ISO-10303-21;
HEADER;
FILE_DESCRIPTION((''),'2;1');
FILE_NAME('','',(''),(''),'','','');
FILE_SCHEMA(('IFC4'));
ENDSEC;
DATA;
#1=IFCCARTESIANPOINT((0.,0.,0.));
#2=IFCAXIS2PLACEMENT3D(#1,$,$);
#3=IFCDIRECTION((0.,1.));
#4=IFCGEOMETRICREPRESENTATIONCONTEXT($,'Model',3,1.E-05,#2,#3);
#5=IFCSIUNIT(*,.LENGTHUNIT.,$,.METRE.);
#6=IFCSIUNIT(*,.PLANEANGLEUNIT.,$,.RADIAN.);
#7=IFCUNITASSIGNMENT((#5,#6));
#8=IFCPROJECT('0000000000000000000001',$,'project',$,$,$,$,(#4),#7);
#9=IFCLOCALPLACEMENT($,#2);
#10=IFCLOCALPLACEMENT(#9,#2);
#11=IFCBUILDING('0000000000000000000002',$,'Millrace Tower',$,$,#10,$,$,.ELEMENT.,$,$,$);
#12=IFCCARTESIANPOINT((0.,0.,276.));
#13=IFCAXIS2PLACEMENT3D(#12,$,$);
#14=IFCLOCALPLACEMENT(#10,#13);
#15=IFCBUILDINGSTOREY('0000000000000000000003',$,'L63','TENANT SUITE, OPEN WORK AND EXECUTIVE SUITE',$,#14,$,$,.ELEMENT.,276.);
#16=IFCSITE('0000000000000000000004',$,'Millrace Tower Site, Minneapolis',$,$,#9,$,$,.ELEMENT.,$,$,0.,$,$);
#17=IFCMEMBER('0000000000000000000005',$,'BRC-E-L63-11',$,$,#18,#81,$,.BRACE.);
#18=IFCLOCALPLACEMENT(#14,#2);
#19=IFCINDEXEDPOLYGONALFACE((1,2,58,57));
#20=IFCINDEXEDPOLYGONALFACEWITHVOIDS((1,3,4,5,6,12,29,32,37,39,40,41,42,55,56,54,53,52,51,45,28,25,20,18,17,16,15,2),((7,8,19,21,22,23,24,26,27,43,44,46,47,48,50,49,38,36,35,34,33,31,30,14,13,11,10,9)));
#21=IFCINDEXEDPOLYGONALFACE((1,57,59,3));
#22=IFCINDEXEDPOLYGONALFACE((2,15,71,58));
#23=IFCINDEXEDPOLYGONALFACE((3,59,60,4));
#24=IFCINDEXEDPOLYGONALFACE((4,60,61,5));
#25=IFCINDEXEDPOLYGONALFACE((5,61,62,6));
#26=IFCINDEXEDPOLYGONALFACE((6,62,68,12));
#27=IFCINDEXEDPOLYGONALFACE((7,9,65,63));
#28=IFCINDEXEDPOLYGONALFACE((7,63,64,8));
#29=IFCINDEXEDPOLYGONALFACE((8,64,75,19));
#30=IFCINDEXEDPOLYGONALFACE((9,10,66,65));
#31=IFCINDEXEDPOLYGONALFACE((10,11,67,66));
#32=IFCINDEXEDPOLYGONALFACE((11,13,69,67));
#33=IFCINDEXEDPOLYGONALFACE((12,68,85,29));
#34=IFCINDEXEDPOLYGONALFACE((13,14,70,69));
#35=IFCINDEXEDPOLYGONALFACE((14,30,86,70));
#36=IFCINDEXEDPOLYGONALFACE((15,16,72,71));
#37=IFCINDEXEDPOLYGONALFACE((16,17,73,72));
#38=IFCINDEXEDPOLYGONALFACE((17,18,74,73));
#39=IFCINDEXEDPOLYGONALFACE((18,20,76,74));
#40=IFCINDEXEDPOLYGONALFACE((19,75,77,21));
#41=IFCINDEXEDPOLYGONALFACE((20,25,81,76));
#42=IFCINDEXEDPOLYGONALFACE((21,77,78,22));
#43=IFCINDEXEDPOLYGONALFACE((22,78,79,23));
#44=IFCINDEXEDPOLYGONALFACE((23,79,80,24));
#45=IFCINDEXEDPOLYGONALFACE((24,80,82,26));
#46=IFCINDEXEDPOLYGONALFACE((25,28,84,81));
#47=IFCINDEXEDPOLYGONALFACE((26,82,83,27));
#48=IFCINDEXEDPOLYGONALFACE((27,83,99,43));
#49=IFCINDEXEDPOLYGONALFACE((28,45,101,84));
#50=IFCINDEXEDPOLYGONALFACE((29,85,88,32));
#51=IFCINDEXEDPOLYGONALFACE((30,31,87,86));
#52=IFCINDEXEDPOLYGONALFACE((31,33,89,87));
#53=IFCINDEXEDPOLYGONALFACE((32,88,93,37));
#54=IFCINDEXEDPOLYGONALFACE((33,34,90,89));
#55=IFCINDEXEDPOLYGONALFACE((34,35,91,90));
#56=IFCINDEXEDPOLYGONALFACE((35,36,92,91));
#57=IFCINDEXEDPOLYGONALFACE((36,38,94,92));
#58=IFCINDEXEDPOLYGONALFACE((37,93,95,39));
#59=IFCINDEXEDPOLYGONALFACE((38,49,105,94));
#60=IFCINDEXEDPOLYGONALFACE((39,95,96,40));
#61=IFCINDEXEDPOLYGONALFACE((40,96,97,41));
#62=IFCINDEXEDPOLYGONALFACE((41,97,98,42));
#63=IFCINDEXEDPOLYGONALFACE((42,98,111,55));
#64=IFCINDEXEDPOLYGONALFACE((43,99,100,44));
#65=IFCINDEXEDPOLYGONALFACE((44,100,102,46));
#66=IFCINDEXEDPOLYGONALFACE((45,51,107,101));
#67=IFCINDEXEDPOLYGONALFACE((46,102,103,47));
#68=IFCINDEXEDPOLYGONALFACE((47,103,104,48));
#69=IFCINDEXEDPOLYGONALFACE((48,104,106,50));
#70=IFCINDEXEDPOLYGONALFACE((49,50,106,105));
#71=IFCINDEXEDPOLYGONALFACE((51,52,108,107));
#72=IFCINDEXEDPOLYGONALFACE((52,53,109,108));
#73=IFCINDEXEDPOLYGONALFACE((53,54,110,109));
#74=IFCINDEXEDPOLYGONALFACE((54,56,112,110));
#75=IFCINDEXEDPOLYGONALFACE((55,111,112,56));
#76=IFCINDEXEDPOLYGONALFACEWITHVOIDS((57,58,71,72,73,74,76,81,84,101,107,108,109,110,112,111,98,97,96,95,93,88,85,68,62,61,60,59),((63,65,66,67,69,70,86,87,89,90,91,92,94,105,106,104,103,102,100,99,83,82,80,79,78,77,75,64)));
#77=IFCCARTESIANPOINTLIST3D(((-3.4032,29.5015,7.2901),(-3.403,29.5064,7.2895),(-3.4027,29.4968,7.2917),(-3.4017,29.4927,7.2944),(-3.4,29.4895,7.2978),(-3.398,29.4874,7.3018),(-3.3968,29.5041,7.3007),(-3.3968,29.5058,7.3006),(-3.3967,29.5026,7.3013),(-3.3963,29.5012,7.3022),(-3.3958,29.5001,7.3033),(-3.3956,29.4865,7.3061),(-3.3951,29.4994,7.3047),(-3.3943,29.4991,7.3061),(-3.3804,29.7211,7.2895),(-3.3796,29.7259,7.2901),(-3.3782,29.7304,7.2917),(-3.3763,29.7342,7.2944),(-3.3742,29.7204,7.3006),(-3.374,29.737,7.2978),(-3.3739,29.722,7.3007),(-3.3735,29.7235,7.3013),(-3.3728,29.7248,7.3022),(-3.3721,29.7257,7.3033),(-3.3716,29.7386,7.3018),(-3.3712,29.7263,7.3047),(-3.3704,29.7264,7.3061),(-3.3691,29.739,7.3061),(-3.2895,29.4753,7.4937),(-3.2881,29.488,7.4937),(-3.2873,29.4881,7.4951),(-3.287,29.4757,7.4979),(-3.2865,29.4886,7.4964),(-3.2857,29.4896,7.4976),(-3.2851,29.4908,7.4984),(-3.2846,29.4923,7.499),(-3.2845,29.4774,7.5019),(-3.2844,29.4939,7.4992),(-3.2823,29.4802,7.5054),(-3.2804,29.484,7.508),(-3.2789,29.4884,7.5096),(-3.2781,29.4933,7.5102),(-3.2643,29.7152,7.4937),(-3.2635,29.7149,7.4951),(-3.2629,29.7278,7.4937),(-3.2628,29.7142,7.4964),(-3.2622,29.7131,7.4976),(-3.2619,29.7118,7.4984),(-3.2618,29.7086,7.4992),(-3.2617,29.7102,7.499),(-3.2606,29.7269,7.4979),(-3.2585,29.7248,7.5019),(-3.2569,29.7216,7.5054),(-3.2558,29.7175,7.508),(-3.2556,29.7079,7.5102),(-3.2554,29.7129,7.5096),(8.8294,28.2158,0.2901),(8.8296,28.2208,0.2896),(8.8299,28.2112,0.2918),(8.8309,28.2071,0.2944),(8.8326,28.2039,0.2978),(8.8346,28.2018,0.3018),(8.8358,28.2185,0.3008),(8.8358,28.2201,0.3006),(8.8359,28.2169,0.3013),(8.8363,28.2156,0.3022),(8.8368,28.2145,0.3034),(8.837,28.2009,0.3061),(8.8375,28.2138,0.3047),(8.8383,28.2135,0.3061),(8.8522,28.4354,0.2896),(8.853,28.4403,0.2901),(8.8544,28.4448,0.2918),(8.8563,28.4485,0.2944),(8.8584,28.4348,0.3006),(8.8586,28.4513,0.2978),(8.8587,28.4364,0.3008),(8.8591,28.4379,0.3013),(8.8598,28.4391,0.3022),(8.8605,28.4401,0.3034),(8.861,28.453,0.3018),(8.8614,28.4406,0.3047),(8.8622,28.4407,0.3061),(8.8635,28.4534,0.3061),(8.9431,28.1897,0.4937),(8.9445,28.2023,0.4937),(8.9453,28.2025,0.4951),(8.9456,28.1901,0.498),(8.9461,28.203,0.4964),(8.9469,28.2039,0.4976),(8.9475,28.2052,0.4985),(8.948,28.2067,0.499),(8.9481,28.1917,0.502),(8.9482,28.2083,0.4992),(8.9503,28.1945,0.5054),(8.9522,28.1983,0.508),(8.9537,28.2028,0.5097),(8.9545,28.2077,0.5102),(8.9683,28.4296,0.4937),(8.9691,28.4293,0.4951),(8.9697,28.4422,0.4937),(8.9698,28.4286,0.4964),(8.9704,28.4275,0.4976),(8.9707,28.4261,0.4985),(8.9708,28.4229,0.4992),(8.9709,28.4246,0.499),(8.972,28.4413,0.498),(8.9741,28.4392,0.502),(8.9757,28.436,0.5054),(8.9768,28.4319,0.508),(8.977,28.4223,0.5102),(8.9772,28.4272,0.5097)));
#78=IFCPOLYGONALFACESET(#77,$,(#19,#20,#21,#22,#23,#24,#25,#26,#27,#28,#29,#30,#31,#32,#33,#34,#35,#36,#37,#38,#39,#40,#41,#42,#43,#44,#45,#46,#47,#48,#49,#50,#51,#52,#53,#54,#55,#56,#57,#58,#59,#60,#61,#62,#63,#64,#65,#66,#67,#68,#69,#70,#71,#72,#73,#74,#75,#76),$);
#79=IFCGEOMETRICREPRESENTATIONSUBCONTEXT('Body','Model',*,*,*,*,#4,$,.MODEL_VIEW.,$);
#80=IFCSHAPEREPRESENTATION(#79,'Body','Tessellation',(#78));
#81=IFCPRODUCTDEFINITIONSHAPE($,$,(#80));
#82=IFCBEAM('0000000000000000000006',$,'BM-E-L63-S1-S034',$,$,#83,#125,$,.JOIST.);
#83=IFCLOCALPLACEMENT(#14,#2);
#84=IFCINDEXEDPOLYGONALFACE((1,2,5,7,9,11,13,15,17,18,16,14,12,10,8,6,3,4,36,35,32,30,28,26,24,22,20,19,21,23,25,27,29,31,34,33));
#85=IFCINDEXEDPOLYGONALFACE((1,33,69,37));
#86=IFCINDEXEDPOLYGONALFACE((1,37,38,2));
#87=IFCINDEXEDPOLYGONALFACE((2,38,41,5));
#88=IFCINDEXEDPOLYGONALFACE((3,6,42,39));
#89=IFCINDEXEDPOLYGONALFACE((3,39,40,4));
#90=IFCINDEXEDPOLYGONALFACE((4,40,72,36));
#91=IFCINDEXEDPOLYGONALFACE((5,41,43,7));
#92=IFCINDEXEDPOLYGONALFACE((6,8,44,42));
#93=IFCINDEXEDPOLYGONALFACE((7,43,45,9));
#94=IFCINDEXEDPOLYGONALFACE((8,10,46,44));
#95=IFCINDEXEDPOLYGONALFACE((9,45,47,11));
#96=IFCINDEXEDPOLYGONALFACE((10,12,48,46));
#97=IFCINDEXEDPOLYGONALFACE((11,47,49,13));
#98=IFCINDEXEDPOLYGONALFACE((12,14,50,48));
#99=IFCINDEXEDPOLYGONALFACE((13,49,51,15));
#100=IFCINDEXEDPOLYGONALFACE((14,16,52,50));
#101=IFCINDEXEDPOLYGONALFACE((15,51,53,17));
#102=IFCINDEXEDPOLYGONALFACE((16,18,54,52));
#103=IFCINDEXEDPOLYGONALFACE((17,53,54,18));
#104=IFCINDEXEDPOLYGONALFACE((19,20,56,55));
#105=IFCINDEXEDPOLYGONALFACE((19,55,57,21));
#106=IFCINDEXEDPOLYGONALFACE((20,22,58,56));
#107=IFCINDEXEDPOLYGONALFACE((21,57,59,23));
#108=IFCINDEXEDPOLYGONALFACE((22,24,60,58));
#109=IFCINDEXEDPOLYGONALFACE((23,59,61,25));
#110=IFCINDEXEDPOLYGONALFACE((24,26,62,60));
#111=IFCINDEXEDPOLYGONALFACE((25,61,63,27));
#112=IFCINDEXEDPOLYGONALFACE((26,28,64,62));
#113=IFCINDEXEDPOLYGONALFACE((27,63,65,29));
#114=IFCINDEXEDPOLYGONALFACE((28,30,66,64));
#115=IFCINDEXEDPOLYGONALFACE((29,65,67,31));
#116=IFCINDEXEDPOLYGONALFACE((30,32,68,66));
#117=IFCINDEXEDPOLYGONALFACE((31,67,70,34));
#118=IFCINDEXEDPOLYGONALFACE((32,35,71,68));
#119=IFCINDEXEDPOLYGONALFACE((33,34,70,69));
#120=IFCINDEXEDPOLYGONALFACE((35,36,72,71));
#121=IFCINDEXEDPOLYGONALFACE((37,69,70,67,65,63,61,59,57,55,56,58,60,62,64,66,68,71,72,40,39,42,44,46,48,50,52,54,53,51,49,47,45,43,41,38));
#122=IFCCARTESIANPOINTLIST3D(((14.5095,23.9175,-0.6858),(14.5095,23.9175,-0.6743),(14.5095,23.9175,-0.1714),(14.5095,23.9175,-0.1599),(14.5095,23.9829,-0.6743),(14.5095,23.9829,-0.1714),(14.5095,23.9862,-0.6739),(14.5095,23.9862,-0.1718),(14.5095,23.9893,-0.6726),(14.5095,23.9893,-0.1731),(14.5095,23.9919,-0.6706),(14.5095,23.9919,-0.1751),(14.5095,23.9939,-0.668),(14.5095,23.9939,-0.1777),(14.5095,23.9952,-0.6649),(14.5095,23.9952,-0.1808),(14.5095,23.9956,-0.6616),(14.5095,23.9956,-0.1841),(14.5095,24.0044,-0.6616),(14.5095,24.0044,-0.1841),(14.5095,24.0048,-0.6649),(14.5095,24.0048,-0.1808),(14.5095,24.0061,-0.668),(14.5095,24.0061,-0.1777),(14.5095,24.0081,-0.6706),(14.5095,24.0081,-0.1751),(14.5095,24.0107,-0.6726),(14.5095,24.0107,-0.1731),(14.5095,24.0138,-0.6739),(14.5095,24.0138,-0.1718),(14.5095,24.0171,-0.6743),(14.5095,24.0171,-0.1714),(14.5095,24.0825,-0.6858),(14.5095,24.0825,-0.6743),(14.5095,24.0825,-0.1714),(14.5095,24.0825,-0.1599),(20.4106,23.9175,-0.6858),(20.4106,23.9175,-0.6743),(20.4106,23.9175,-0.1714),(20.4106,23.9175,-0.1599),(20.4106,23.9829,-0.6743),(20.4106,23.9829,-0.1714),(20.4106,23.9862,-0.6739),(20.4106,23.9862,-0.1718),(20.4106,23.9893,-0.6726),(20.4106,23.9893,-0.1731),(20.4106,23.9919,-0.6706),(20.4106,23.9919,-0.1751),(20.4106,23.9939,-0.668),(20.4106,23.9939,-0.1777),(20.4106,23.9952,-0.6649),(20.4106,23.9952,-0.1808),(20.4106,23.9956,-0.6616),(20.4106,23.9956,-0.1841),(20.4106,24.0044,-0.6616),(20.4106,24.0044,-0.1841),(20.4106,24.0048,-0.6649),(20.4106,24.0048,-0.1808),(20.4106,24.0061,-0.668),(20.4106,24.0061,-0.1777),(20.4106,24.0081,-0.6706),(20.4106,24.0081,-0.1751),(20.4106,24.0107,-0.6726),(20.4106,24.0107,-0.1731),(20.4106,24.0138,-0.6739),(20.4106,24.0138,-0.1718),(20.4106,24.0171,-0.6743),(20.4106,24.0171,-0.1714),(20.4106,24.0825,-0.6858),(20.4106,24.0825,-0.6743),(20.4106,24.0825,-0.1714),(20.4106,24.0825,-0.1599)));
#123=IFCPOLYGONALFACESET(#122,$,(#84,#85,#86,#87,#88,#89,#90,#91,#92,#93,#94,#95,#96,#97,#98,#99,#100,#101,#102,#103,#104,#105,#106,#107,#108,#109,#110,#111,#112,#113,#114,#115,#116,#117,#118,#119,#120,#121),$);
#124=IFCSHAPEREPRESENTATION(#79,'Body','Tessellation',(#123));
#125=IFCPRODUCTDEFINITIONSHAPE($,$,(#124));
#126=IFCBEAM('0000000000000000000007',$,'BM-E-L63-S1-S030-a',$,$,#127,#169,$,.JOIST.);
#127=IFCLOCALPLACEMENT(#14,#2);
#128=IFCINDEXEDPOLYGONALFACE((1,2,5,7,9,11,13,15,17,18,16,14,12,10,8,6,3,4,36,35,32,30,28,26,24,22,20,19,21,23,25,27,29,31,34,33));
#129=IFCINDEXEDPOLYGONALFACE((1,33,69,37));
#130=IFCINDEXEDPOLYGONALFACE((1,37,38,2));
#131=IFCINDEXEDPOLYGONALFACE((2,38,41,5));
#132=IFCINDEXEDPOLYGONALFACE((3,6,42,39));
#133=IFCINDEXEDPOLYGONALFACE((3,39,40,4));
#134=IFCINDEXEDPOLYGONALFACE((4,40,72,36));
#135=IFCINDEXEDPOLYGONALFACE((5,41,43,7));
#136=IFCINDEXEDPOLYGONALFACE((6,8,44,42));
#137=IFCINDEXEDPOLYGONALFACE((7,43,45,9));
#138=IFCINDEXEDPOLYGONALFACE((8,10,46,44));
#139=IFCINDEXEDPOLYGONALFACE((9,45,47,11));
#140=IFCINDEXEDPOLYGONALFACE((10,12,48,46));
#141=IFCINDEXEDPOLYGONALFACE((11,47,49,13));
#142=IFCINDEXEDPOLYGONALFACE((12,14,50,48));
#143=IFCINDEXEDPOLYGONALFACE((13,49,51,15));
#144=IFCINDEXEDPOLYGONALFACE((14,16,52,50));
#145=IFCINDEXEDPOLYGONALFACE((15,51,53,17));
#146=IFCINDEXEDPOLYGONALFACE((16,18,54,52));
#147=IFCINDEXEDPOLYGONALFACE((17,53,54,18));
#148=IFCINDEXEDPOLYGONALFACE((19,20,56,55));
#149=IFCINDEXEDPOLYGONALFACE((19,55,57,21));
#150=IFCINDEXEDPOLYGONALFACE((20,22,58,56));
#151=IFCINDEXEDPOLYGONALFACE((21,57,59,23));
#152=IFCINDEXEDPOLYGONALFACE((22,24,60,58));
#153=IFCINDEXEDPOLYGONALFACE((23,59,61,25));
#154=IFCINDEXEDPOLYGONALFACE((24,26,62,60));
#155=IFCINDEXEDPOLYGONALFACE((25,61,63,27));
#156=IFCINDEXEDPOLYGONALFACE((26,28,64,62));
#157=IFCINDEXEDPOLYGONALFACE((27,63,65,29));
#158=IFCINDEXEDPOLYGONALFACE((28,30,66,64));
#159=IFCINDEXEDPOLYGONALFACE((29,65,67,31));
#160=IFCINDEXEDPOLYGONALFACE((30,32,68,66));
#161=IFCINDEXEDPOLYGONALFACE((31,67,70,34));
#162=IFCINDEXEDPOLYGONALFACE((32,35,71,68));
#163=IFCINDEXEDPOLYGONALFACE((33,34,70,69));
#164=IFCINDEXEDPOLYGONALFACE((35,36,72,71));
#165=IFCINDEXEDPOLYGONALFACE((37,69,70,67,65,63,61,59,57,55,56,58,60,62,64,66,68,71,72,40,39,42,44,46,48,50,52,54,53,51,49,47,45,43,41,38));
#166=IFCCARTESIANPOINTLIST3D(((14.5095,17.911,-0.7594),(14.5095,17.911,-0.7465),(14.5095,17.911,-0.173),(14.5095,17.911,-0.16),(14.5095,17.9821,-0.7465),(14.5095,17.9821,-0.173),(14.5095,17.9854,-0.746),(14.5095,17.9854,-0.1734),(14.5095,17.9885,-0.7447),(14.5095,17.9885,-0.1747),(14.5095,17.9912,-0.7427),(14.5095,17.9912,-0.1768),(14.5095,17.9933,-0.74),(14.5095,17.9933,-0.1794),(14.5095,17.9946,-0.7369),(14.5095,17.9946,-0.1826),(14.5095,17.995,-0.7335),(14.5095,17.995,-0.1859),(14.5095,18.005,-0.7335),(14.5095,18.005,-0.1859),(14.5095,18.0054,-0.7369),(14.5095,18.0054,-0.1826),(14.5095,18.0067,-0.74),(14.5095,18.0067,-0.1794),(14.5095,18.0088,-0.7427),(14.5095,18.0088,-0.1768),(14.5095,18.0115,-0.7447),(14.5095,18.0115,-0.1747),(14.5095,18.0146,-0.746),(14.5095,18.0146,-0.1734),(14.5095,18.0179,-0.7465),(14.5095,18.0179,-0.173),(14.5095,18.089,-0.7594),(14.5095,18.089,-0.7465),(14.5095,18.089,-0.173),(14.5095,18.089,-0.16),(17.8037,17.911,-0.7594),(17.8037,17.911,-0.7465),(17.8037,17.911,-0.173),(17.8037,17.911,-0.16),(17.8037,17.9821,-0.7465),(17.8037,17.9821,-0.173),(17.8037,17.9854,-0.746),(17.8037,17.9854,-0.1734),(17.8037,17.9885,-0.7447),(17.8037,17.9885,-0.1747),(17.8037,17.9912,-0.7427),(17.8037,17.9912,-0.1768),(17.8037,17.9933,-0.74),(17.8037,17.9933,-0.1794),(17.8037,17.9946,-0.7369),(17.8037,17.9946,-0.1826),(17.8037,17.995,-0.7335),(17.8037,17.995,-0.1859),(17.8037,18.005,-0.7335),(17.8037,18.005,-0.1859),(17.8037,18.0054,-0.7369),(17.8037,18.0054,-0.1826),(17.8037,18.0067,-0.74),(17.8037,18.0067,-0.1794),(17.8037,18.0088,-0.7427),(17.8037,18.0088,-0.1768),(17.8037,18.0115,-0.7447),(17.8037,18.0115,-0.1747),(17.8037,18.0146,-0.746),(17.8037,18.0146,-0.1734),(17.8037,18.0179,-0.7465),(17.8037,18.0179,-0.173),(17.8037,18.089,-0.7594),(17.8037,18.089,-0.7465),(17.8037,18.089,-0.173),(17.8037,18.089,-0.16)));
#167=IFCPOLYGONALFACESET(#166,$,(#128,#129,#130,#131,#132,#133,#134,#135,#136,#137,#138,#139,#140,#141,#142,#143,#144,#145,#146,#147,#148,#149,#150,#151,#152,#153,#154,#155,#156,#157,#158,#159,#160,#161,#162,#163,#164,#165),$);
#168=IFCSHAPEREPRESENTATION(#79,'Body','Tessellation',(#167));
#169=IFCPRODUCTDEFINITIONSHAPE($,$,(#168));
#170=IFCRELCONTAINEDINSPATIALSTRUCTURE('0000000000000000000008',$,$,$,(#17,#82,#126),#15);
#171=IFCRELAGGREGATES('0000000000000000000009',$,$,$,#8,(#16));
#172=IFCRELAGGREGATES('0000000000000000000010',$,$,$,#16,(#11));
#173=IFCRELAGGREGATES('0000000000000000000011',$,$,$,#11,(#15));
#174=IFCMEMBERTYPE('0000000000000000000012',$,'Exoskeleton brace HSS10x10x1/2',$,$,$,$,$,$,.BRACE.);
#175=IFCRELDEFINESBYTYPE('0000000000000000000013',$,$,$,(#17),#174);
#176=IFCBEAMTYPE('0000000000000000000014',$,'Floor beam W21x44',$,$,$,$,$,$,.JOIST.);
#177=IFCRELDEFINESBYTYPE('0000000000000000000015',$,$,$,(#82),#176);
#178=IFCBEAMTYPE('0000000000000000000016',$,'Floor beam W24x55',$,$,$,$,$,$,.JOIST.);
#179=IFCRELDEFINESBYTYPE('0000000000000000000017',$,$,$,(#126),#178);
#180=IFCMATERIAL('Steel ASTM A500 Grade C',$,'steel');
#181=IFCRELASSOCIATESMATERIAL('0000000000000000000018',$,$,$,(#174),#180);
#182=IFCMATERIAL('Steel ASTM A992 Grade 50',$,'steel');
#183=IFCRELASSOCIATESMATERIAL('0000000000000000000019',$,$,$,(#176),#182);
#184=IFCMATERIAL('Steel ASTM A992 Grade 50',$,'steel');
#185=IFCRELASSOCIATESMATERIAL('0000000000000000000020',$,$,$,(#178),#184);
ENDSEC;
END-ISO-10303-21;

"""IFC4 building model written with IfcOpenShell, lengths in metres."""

from ifc_helpers import new_model, si_unit, direction, frame, origin, origin_2d, place, context, subcontext, project, spatial, hollow_rectangle, i_section, extrude, material, material_profile, profile_set, type_object, element, save


model = new_model("IFC4")

# Units and contexts
model_context = context("Model", 3, precision=1e-05, world=origin(), true_north=direction((0.0, 1.0)))
body_context = subcontext(model_context, "Body", "Model", "MODEL_VIEW")
ifc_project = project(units=[si_unit("LENGTHUNIT", "METRE"), si_unit("PLANEANGLEUNIT", "RADIAN")], contexts=[model_context])

# Site, building, storey
site_placement = place(None, origin())
site = spatial("IfcSite", under=ifc_project, at=site_placement, Name="Millrace Tower Site, Minneapolis", CompositionType="ELEMENT", RefElevation=0.0)
building_placement = place(site_placement, origin())
building = spatial("IfcBuilding", under=site, at=building_placement, Name="Millrace Tower", CompositionType="ELEMENT")
storey_placement = place(building_placement, frame((0.0, 0.0, 276.0)))
storey = spatial("IfcBuildingStorey", under=building, at=storey_placement, Name="L63", Description="TENANT SUITE, OPEN WORK AND EXECUTIVE SUITE", CompositionType="ELEMENT", Elevation=276.0)

# Member
ifc_material_1 = material(Name="Steel ASTM A500 Grade C", Category="steel")
ifc_material_profile_1 = material_profile(ifc_material_1, hollow_rectangle(XDim=0.2539, YDim=0.2539, WallThickness=0.0127, InnerFilletRadius=0.0063, OuterFilletRadius=0.019, at=origin_2d()))
ifc_profile_set_1 = profile_set([ifc_material_profile_1], Name="Steel ASTM A500 Grade C")
member_type_1 = type_object("IfcMemberType", Name="Exoskeleton brace HSS10x10x1/2", PredefinedType="BRACE", material=ifc_profile_set_1)
member_1_placement = place(storey_placement, frame((8.9033, 28.3215, 0.3999), z_axis=(-0.864352, 0.090843, 0.494615), x_axis=(-0.104524, -0.994522, 0.0)))
element("IfcMember", 1, at=member_1_placement, inside=storey, type_object=member_type_1, Name="BRC-E-L63-11", PredefinedType="BRACE", context=body_context, shape_type="SweptSolid", body=[
    extrude(hollow_rectangle(XDim=0.2539, YDim=0.2539, WallThickness=0.0127, InnerFilletRadius=0.0063, OuterFilletRadius=0.019, at=origin_2d()), origin(), (0.0, 0.0, 1.0), 14.1523),
])

# Beams
ifc_material_2 = material(Name="Steel ASTM A992 Grade 50", Category="steel")
ifc_material_profile_2 = material_profile(ifc_material_2, i_section(OverallWidth=0.165, OverallDepth=0.5259, WebThickness=0.0088, FlangeThickness=0.0115, FilletRadius=0.0127, at=origin_2d()))
ifc_profile_set_2 = profile_set([ifc_material_profile_2], Name="Steel ASTM A992 Grade 50")
beam_type_1 = type_object("IfcBeamType", Name="Floor beam W21x44", PredefinedType="JOIST", material=ifc_profile_set_2)
beam_1_placement = place(storey_placement, frame((14.5095, 24.0, -0.4229), z_axis=(1.0, 0.0, 0.0), x_axis=(0.0, 1.0, 0.0)))
element("IfcBeam", 2, at=beam_1_placement, inside=storey, type_object=beam_type_1, Name="BM-E-L63-S1-S034", PredefinedType="JOIST", context=body_context, shape_type="SweptSolid", body=[
    extrude(i_section(OverallWidth=0.165, OverallDepth=0.5259, WebThickness=0.0088, FlangeThickness=0.0115, FilletRadius=0.0127, at=origin_2d()), origin(), (0.0, 0.0, 1.0), 5.9011),
])
ifc_material_3 = material(Name="Steel ASTM A992 Grade 50", Category="steel")
ifc_material_profile_3 = material_profile(ifc_material_3, i_section(OverallWidth=0.178, OverallDepth=0.5994, WebThickness=0.01, FlangeThickness=0.0129, FilletRadius=0.0129, at=origin_2d()))
ifc_profile_set_3 = profile_set([ifc_material_profile_3], Name="Steel ASTM A992 Grade 50")
beam_type_2 = type_object("IfcBeamType", Name="Floor beam W24x55", PredefinedType="JOIST", material=ifc_profile_set_3)
beam_2_placement = place(storey_placement, frame((14.5095, 18.0, -0.4597), z_axis=(1.0, 0.0, 0.0), x_axis=(0.0, 1.0, 0.0)))
element("IfcBeam", 3, at=beam_2_placement, inside=storey, type_object=beam_type_2, Name="BM-E-L63-S1-S030-a", PredefinedType="JOIST", context=body_context, shape_type="SweptSolid", body=[
    extrude(i_section(OverallWidth=0.178, OverallDepth=0.5994, WebThickness=0.01, FlangeThickness=0.0129, FilletRadius=0.0129, at=origin_2d()), origin(), (0.0, 0.0, 1.0), 3.2942),
])

save(model, "model.ifc")
